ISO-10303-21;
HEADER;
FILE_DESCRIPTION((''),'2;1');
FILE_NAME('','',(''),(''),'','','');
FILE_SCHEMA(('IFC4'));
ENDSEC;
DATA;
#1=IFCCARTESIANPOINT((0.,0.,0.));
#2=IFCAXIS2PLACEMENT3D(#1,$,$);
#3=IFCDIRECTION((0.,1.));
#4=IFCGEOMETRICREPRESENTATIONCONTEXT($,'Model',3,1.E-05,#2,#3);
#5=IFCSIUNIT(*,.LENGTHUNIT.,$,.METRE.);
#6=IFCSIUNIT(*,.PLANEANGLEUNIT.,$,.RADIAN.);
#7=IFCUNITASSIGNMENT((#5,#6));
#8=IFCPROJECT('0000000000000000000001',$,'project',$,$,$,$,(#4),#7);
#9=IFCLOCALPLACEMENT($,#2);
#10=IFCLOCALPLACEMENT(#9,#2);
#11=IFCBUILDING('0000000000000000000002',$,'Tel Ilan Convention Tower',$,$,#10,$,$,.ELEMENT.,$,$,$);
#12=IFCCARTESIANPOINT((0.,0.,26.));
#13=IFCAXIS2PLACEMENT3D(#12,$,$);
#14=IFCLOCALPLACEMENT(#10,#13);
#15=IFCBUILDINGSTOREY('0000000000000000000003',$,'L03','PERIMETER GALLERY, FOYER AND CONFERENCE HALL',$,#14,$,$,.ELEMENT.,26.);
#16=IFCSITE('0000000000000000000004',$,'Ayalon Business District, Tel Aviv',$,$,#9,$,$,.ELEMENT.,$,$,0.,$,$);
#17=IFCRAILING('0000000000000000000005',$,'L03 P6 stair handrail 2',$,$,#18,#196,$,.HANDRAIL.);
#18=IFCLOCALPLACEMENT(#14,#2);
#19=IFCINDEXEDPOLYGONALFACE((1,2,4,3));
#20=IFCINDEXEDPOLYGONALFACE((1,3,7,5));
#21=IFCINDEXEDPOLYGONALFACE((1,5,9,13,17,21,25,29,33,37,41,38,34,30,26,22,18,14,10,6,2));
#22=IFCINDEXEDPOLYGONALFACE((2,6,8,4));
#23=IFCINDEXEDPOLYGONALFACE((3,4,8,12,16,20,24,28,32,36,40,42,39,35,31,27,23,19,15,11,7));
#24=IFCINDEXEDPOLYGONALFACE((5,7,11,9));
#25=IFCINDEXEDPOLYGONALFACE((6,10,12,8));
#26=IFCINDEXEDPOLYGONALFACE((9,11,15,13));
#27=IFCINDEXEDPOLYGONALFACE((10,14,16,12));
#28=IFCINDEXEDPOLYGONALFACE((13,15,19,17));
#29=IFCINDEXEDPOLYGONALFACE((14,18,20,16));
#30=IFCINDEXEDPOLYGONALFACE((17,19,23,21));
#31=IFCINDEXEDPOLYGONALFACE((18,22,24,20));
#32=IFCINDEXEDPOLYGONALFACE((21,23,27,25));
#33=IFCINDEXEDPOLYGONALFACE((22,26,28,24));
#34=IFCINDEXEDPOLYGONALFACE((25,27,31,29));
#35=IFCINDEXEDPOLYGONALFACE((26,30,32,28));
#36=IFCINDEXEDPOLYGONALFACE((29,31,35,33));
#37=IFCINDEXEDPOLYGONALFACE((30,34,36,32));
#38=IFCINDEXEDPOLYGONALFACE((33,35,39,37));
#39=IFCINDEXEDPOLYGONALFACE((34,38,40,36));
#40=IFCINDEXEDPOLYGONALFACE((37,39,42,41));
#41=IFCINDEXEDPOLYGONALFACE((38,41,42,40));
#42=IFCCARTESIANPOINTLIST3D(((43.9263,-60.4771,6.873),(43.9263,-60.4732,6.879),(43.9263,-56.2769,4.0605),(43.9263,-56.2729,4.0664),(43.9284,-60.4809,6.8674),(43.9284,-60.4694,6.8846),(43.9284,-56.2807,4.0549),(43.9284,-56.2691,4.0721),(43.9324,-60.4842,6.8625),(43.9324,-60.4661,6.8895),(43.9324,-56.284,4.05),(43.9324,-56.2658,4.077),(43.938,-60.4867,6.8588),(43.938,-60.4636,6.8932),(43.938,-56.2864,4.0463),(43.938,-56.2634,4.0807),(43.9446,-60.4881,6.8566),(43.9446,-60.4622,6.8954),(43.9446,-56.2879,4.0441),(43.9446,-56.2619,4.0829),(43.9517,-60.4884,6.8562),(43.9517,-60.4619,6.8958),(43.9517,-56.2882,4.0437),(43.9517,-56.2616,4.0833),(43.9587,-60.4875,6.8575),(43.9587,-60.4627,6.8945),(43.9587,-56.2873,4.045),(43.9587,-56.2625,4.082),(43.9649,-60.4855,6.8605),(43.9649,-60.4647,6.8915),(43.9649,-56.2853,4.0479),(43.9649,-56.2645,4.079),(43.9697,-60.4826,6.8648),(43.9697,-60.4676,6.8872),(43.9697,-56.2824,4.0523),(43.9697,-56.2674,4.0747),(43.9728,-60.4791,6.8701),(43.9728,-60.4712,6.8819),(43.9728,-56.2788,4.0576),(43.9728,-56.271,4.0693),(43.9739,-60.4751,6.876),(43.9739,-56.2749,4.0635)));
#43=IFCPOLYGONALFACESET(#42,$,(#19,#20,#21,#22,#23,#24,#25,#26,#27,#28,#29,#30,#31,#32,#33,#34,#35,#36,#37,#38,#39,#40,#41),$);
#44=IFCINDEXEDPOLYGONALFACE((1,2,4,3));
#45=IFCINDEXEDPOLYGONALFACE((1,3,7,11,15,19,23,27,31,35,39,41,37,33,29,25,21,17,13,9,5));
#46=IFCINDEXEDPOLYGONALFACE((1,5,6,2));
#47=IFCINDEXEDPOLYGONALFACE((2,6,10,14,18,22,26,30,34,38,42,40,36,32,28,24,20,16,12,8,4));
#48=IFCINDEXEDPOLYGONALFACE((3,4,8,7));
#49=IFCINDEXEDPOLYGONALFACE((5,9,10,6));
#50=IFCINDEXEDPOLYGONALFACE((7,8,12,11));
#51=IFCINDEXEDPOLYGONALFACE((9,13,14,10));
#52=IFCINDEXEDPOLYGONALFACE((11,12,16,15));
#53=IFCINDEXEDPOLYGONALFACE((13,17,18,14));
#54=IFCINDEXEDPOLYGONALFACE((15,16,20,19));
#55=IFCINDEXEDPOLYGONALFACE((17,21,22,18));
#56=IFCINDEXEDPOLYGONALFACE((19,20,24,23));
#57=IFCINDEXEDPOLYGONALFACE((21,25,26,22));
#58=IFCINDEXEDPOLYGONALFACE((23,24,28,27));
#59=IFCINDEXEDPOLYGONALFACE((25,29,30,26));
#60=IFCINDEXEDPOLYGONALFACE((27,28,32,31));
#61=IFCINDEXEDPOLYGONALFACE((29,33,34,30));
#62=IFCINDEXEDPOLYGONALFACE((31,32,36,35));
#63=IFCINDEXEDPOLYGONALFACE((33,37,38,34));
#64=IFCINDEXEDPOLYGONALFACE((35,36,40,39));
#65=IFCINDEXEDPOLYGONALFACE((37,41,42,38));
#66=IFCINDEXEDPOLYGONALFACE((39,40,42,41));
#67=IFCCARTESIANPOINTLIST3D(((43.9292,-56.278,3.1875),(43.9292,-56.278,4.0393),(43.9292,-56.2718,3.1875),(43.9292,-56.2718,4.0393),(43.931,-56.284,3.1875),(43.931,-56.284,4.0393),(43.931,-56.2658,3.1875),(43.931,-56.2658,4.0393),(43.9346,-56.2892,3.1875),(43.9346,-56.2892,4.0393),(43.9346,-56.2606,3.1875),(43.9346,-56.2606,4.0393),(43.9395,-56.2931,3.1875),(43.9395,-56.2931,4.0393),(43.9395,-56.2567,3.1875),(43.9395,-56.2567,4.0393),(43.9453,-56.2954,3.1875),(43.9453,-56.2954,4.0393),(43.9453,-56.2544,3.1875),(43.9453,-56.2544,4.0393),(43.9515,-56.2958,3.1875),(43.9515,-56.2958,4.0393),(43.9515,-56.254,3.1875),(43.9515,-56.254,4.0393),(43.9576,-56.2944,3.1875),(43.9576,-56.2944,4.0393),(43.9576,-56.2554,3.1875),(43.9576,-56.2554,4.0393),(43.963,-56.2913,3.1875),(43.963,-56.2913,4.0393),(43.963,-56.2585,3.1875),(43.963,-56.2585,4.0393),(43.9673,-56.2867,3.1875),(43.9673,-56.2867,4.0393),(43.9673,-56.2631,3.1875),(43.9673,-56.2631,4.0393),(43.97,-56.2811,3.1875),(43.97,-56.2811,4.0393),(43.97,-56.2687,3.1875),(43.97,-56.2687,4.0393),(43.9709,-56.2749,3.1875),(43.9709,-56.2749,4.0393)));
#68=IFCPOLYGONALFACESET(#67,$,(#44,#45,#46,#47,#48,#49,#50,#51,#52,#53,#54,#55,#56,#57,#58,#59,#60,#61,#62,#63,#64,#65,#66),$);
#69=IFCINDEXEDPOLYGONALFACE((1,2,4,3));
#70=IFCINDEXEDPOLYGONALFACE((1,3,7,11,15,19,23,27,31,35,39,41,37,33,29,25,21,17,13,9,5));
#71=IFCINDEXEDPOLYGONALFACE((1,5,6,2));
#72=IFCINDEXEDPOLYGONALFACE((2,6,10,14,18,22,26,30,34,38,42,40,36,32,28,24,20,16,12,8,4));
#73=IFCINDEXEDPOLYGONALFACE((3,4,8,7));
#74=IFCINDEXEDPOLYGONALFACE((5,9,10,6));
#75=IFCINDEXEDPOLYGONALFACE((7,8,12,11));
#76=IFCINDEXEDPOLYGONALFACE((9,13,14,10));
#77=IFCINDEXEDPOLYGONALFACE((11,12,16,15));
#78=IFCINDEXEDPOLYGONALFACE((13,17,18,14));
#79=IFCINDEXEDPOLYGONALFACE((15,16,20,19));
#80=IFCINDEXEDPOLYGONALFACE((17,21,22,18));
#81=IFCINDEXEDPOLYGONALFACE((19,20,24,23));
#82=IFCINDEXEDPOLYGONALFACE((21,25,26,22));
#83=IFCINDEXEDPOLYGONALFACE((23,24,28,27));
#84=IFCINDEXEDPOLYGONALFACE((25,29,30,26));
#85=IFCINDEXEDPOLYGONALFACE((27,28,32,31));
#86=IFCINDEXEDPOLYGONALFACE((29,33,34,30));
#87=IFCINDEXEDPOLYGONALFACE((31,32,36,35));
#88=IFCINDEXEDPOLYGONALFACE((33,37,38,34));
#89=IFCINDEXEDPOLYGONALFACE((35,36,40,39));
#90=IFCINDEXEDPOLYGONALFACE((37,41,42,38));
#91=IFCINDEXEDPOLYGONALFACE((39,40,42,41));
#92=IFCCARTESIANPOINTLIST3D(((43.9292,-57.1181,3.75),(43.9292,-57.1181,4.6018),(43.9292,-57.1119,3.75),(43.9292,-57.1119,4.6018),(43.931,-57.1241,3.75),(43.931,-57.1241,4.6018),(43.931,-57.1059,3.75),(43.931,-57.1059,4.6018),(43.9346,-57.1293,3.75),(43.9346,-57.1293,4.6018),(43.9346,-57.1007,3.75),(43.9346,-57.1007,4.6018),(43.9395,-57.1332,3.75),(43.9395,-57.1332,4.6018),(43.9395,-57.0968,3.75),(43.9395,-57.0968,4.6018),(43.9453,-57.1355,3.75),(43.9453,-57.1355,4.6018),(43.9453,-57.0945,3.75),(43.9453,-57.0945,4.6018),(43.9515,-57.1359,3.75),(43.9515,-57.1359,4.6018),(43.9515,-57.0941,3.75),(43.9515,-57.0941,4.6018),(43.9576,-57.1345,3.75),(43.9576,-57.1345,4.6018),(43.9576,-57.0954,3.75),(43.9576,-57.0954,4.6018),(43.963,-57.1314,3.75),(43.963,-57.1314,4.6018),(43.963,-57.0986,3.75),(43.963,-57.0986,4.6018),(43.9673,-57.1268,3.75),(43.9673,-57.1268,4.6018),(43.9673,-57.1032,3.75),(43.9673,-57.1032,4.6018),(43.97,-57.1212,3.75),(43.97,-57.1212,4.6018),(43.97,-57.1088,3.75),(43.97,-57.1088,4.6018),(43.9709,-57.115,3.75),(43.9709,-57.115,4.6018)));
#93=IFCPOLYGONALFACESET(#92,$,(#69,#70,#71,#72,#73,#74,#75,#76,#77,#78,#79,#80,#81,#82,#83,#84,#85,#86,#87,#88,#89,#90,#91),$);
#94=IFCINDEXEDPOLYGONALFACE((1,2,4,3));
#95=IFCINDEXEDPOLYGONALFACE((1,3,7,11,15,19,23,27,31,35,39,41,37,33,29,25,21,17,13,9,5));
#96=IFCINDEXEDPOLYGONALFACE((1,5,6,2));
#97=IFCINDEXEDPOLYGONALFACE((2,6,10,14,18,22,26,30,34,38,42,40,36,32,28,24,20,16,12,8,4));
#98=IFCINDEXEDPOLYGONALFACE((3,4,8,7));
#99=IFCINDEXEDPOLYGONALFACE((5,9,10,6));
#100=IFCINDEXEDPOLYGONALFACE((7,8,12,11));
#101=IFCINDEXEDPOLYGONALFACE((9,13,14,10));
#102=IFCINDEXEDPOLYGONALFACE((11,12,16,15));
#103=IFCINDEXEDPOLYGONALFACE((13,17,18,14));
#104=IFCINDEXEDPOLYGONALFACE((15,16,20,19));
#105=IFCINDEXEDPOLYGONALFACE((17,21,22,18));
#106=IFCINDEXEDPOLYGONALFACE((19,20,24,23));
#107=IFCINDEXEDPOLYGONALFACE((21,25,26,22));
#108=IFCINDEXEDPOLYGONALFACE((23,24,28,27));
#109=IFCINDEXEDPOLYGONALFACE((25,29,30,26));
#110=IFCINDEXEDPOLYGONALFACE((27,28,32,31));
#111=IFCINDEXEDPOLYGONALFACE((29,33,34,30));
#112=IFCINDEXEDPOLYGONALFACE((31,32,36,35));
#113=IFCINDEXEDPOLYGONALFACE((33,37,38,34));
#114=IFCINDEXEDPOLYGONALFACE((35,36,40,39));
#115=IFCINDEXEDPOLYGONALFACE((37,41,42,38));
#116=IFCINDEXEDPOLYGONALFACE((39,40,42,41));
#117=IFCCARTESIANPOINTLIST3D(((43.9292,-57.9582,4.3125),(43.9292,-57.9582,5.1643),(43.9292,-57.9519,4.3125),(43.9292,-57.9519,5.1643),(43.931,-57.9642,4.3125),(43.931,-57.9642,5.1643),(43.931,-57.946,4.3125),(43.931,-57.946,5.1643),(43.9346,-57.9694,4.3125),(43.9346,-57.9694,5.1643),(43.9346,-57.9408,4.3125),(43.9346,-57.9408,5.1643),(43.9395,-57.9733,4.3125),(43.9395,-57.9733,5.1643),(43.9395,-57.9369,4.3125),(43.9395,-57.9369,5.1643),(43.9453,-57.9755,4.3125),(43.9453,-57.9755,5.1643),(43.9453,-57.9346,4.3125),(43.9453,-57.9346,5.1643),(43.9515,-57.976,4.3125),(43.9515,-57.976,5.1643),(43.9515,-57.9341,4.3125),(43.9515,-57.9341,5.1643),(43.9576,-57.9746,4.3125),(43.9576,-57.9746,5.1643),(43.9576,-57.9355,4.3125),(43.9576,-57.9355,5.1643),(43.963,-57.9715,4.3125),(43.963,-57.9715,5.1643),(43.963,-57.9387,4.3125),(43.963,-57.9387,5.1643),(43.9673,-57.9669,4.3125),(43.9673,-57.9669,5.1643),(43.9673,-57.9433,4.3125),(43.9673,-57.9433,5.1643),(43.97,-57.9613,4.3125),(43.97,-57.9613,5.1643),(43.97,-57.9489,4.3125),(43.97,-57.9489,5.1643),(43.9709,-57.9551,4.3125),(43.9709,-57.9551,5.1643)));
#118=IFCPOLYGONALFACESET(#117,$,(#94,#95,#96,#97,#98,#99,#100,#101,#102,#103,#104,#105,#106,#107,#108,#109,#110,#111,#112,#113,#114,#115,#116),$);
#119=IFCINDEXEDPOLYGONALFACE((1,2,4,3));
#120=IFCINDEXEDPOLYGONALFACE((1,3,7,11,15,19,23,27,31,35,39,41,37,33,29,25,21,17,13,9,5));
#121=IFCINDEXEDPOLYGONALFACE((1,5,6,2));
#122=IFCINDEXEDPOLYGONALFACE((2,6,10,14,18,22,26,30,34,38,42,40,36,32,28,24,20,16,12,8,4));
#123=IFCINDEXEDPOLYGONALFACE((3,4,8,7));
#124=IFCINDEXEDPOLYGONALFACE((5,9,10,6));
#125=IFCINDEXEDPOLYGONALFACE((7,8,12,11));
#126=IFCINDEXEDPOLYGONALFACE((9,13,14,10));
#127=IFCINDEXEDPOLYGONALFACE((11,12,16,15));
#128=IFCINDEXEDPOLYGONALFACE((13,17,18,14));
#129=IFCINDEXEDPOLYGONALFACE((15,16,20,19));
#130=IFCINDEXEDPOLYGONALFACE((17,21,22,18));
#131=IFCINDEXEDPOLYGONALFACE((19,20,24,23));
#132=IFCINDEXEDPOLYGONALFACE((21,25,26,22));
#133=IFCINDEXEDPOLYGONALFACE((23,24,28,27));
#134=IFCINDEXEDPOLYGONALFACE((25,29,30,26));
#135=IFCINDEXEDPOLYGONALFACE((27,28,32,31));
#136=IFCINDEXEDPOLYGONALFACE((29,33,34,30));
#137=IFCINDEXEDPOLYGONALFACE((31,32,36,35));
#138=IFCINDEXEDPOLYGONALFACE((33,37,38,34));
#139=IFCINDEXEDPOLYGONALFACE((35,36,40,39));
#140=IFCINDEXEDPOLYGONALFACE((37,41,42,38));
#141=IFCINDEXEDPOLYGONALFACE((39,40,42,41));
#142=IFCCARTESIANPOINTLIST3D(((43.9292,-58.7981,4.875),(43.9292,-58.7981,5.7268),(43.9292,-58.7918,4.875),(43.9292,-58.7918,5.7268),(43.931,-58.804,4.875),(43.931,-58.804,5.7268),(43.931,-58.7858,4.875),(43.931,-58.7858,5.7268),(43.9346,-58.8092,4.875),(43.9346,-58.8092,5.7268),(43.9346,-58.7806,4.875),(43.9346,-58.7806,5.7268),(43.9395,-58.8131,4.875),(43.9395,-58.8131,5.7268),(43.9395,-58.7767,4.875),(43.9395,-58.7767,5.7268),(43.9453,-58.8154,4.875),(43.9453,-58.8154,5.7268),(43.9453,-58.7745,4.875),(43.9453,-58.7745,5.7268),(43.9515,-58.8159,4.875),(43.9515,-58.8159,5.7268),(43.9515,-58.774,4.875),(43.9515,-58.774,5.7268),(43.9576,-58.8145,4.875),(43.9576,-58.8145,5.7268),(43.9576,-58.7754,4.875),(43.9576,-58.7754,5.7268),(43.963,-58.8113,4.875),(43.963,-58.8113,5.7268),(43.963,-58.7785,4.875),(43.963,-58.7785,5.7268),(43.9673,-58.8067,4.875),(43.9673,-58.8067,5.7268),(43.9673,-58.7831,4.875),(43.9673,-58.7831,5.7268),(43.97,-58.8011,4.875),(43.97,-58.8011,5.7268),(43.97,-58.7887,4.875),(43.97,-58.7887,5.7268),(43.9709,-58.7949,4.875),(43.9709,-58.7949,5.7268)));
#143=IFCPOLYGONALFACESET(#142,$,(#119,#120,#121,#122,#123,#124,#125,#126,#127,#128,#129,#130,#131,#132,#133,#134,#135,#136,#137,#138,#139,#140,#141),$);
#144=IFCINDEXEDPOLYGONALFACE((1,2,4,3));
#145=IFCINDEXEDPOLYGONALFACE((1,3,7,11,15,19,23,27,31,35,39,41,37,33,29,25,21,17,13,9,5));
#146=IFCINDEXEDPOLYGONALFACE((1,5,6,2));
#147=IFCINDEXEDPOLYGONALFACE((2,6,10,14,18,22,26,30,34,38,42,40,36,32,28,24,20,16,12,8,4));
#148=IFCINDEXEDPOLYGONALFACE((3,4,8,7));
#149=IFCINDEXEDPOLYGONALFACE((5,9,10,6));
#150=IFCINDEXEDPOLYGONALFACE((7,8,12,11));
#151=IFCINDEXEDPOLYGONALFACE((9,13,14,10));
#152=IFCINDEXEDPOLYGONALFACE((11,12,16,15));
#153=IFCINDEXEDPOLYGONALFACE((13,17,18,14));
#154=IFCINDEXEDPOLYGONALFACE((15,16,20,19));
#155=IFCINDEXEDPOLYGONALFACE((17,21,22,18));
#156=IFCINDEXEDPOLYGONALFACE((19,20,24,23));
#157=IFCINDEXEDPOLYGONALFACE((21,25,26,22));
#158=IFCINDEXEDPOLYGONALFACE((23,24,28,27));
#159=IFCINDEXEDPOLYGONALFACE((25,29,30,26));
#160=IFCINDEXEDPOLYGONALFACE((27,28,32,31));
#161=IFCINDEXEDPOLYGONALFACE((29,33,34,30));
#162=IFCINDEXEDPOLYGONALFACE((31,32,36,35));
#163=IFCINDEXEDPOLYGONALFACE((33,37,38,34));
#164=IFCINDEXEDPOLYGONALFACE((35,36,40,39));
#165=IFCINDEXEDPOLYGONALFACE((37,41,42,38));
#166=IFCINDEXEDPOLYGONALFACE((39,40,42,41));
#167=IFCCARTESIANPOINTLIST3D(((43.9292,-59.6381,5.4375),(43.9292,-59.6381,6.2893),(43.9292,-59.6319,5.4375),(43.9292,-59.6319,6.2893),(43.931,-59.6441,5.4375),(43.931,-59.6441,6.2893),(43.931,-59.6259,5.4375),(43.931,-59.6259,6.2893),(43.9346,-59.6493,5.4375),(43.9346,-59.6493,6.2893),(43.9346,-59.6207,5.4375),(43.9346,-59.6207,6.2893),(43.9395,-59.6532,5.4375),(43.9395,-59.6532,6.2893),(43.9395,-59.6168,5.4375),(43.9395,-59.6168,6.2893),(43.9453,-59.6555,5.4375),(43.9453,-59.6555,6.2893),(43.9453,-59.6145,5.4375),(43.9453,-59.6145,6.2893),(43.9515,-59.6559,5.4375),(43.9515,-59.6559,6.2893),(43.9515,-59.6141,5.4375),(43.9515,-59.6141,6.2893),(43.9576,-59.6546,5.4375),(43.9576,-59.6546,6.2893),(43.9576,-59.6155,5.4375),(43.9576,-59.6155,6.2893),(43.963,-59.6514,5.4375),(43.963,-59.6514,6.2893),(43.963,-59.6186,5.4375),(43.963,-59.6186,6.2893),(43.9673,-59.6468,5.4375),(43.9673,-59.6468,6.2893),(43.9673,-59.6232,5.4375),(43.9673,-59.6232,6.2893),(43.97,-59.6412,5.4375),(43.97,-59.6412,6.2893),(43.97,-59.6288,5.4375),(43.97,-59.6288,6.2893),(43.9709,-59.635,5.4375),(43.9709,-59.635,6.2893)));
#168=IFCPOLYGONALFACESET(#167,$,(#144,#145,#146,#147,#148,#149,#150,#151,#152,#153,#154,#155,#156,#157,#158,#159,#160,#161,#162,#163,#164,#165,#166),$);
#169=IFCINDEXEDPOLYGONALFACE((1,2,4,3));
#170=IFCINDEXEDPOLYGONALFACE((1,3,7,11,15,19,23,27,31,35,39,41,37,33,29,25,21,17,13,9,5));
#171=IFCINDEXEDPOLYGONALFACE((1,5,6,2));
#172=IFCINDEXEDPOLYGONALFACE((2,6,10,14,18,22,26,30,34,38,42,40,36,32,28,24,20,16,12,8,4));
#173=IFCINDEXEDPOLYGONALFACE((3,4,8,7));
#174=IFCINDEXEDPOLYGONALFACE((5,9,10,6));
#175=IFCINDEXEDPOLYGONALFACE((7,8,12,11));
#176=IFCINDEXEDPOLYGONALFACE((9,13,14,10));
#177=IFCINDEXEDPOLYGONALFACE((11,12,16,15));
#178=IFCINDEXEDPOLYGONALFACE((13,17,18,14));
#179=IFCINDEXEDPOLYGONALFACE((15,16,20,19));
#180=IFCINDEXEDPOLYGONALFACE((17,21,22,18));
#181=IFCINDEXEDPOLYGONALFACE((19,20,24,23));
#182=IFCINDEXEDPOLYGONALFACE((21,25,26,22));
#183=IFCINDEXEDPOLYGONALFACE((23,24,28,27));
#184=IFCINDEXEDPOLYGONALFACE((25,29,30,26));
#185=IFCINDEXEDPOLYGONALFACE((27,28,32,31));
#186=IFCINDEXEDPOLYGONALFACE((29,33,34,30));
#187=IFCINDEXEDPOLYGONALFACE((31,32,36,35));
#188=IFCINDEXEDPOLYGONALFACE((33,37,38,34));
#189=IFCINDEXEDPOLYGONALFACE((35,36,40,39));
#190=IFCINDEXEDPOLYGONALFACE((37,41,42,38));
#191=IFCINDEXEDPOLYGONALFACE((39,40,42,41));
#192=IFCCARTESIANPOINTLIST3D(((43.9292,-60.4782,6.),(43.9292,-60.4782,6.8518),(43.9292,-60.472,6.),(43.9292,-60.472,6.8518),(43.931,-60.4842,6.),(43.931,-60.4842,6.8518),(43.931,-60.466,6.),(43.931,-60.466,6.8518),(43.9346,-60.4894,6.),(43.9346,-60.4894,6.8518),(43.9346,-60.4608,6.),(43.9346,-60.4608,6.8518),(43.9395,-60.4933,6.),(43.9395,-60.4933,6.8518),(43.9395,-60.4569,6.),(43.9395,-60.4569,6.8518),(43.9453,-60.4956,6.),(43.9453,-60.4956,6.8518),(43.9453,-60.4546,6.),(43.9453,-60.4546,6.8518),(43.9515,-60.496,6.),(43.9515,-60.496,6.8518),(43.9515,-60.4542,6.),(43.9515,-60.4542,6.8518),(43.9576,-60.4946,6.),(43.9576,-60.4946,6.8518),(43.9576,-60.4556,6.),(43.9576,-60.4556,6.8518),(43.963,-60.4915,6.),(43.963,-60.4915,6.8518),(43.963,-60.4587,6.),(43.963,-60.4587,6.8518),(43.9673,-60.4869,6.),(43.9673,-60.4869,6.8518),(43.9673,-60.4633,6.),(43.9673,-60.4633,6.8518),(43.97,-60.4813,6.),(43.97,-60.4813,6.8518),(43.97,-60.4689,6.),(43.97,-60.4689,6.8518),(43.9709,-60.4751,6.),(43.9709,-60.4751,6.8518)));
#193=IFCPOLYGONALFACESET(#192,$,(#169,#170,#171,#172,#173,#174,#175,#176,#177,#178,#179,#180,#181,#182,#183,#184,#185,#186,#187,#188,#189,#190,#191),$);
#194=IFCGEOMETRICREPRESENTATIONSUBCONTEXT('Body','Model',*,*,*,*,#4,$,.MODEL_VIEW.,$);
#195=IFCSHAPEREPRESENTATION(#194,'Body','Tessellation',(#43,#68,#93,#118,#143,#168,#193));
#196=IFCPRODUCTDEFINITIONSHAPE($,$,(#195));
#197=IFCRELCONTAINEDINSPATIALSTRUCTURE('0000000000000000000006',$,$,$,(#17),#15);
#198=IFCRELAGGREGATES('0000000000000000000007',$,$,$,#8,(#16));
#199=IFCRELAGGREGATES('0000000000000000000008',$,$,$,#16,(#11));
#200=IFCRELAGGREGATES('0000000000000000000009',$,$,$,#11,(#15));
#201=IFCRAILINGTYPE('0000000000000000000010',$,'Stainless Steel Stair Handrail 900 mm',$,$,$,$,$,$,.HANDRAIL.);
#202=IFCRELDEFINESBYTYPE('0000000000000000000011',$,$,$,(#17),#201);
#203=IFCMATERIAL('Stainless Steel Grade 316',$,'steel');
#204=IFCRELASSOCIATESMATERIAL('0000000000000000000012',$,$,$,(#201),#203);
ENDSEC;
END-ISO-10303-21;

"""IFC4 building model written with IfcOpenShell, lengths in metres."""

from ifc_helpers import new_model, si_unit, direction, frame, origin, origin_2d, place, context, subcontext, project, spatial, circle, extrude, material, type_object, element, save


model = new_model("IFC4")

# Units and contexts
model_context = context("Model", 3, precision=1e-05, world=origin(), true_north=direction((0.0, 1.0)))
body_context = subcontext(model_context, "Body", "Model", "MODEL_VIEW")
ifc_project = project(units=[si_unit("LENGTHUNIT", "METRE"), si_unit("PLANEANGLEUNIT", "RADIAN")], contexts=[model_context])

# Site, building, storey
site_placement = place(None, origin())
site = spatial("IfcSite", under=ifc_project, at=site_placement, Name="Ayalon Business District, Tel Aviv", CompositionType="ELEMENT", RefElevation=0.0)
building_placement = place(site_placement, origin())
building = spatial("IfcBuilding", under=site, at=building_placement, Name="Tel Ilan Convention Tower", CompositionType="ELEMENT")
storey_placement = place(building_placement, frame((0.0, 0.0, 26.0)))
storey = spatial("IfcBuildingStorey", under=building, at=storey_placement, Name="L03", Description="PERIMETER GALLERY, FOYER AND CONFERENCE HALL", CompositionType="ELEMENT", Elevation=26.0)

# Railing
ifc_material_1 = material(Name="Stainless Steel Grade 316", Category="steel")
railing_type_1 = type_object("IfcRailingType", Name="Stainless Steel Stair Handrail 900 mm", PredefinedType="HANDRAIL", material=ifc_material_1)
railing_1_placement = place(storey_placement, frame((43.95, -56.2749, 3.1875)))
element("IfcRailing", 1, at=railing_1_placement, inside=storey, type_object=railing_type_1, Name="L03 P6 stair handrail 2", PredefinedType="HANDRAIL", context=body_context, shape_type="SweptSolid", body=[
    extrude(circle(Radius=0.0239, at=origin_2d()), frame((0.0, 0.0, 0.876), z_axis=(0.0, -0.830919, 0.556393), x_axis=(1.0, 0.0, 0.0)), (0.0, 0.0, 1.0), 5.0549),
    extrude(circle(Radius=0.021, at=origin_2d()), origin(), (0.0, 0.0, 1.0), 0.8518),
    extrude(circle(Radius=0.021, at=origin_2d()), frame((0.0, -0.8401, 0.5625)), (0.0, 0.0, 1.0), 0.8518),
    extrude(circle(Radius=0.021, at=origin_2d()), frame((0.0, -1.6802, 1.125)), (0.0, 0.0, 1.0), 0.8518),
    extrude(circle(Radius=0.021, at=origin_2d()), frame((0.0, -2.52, 1.6875)), (0.0, 0.0, 1.0), 0.8518),
    extrude(circle(Radius=0.021, at=origin_2d()), frame((0.0, -3.3601, 2.25)), (0.0, 0.0, 1.0), 0.8518),
    extrude(circle(Radius=0.021, at=origin_2d()), frame((0.0, -4.2002, 2.8125)), (0.0, 0.0, 1.0), 0.8518),
])

save(model, "model.ifc")
